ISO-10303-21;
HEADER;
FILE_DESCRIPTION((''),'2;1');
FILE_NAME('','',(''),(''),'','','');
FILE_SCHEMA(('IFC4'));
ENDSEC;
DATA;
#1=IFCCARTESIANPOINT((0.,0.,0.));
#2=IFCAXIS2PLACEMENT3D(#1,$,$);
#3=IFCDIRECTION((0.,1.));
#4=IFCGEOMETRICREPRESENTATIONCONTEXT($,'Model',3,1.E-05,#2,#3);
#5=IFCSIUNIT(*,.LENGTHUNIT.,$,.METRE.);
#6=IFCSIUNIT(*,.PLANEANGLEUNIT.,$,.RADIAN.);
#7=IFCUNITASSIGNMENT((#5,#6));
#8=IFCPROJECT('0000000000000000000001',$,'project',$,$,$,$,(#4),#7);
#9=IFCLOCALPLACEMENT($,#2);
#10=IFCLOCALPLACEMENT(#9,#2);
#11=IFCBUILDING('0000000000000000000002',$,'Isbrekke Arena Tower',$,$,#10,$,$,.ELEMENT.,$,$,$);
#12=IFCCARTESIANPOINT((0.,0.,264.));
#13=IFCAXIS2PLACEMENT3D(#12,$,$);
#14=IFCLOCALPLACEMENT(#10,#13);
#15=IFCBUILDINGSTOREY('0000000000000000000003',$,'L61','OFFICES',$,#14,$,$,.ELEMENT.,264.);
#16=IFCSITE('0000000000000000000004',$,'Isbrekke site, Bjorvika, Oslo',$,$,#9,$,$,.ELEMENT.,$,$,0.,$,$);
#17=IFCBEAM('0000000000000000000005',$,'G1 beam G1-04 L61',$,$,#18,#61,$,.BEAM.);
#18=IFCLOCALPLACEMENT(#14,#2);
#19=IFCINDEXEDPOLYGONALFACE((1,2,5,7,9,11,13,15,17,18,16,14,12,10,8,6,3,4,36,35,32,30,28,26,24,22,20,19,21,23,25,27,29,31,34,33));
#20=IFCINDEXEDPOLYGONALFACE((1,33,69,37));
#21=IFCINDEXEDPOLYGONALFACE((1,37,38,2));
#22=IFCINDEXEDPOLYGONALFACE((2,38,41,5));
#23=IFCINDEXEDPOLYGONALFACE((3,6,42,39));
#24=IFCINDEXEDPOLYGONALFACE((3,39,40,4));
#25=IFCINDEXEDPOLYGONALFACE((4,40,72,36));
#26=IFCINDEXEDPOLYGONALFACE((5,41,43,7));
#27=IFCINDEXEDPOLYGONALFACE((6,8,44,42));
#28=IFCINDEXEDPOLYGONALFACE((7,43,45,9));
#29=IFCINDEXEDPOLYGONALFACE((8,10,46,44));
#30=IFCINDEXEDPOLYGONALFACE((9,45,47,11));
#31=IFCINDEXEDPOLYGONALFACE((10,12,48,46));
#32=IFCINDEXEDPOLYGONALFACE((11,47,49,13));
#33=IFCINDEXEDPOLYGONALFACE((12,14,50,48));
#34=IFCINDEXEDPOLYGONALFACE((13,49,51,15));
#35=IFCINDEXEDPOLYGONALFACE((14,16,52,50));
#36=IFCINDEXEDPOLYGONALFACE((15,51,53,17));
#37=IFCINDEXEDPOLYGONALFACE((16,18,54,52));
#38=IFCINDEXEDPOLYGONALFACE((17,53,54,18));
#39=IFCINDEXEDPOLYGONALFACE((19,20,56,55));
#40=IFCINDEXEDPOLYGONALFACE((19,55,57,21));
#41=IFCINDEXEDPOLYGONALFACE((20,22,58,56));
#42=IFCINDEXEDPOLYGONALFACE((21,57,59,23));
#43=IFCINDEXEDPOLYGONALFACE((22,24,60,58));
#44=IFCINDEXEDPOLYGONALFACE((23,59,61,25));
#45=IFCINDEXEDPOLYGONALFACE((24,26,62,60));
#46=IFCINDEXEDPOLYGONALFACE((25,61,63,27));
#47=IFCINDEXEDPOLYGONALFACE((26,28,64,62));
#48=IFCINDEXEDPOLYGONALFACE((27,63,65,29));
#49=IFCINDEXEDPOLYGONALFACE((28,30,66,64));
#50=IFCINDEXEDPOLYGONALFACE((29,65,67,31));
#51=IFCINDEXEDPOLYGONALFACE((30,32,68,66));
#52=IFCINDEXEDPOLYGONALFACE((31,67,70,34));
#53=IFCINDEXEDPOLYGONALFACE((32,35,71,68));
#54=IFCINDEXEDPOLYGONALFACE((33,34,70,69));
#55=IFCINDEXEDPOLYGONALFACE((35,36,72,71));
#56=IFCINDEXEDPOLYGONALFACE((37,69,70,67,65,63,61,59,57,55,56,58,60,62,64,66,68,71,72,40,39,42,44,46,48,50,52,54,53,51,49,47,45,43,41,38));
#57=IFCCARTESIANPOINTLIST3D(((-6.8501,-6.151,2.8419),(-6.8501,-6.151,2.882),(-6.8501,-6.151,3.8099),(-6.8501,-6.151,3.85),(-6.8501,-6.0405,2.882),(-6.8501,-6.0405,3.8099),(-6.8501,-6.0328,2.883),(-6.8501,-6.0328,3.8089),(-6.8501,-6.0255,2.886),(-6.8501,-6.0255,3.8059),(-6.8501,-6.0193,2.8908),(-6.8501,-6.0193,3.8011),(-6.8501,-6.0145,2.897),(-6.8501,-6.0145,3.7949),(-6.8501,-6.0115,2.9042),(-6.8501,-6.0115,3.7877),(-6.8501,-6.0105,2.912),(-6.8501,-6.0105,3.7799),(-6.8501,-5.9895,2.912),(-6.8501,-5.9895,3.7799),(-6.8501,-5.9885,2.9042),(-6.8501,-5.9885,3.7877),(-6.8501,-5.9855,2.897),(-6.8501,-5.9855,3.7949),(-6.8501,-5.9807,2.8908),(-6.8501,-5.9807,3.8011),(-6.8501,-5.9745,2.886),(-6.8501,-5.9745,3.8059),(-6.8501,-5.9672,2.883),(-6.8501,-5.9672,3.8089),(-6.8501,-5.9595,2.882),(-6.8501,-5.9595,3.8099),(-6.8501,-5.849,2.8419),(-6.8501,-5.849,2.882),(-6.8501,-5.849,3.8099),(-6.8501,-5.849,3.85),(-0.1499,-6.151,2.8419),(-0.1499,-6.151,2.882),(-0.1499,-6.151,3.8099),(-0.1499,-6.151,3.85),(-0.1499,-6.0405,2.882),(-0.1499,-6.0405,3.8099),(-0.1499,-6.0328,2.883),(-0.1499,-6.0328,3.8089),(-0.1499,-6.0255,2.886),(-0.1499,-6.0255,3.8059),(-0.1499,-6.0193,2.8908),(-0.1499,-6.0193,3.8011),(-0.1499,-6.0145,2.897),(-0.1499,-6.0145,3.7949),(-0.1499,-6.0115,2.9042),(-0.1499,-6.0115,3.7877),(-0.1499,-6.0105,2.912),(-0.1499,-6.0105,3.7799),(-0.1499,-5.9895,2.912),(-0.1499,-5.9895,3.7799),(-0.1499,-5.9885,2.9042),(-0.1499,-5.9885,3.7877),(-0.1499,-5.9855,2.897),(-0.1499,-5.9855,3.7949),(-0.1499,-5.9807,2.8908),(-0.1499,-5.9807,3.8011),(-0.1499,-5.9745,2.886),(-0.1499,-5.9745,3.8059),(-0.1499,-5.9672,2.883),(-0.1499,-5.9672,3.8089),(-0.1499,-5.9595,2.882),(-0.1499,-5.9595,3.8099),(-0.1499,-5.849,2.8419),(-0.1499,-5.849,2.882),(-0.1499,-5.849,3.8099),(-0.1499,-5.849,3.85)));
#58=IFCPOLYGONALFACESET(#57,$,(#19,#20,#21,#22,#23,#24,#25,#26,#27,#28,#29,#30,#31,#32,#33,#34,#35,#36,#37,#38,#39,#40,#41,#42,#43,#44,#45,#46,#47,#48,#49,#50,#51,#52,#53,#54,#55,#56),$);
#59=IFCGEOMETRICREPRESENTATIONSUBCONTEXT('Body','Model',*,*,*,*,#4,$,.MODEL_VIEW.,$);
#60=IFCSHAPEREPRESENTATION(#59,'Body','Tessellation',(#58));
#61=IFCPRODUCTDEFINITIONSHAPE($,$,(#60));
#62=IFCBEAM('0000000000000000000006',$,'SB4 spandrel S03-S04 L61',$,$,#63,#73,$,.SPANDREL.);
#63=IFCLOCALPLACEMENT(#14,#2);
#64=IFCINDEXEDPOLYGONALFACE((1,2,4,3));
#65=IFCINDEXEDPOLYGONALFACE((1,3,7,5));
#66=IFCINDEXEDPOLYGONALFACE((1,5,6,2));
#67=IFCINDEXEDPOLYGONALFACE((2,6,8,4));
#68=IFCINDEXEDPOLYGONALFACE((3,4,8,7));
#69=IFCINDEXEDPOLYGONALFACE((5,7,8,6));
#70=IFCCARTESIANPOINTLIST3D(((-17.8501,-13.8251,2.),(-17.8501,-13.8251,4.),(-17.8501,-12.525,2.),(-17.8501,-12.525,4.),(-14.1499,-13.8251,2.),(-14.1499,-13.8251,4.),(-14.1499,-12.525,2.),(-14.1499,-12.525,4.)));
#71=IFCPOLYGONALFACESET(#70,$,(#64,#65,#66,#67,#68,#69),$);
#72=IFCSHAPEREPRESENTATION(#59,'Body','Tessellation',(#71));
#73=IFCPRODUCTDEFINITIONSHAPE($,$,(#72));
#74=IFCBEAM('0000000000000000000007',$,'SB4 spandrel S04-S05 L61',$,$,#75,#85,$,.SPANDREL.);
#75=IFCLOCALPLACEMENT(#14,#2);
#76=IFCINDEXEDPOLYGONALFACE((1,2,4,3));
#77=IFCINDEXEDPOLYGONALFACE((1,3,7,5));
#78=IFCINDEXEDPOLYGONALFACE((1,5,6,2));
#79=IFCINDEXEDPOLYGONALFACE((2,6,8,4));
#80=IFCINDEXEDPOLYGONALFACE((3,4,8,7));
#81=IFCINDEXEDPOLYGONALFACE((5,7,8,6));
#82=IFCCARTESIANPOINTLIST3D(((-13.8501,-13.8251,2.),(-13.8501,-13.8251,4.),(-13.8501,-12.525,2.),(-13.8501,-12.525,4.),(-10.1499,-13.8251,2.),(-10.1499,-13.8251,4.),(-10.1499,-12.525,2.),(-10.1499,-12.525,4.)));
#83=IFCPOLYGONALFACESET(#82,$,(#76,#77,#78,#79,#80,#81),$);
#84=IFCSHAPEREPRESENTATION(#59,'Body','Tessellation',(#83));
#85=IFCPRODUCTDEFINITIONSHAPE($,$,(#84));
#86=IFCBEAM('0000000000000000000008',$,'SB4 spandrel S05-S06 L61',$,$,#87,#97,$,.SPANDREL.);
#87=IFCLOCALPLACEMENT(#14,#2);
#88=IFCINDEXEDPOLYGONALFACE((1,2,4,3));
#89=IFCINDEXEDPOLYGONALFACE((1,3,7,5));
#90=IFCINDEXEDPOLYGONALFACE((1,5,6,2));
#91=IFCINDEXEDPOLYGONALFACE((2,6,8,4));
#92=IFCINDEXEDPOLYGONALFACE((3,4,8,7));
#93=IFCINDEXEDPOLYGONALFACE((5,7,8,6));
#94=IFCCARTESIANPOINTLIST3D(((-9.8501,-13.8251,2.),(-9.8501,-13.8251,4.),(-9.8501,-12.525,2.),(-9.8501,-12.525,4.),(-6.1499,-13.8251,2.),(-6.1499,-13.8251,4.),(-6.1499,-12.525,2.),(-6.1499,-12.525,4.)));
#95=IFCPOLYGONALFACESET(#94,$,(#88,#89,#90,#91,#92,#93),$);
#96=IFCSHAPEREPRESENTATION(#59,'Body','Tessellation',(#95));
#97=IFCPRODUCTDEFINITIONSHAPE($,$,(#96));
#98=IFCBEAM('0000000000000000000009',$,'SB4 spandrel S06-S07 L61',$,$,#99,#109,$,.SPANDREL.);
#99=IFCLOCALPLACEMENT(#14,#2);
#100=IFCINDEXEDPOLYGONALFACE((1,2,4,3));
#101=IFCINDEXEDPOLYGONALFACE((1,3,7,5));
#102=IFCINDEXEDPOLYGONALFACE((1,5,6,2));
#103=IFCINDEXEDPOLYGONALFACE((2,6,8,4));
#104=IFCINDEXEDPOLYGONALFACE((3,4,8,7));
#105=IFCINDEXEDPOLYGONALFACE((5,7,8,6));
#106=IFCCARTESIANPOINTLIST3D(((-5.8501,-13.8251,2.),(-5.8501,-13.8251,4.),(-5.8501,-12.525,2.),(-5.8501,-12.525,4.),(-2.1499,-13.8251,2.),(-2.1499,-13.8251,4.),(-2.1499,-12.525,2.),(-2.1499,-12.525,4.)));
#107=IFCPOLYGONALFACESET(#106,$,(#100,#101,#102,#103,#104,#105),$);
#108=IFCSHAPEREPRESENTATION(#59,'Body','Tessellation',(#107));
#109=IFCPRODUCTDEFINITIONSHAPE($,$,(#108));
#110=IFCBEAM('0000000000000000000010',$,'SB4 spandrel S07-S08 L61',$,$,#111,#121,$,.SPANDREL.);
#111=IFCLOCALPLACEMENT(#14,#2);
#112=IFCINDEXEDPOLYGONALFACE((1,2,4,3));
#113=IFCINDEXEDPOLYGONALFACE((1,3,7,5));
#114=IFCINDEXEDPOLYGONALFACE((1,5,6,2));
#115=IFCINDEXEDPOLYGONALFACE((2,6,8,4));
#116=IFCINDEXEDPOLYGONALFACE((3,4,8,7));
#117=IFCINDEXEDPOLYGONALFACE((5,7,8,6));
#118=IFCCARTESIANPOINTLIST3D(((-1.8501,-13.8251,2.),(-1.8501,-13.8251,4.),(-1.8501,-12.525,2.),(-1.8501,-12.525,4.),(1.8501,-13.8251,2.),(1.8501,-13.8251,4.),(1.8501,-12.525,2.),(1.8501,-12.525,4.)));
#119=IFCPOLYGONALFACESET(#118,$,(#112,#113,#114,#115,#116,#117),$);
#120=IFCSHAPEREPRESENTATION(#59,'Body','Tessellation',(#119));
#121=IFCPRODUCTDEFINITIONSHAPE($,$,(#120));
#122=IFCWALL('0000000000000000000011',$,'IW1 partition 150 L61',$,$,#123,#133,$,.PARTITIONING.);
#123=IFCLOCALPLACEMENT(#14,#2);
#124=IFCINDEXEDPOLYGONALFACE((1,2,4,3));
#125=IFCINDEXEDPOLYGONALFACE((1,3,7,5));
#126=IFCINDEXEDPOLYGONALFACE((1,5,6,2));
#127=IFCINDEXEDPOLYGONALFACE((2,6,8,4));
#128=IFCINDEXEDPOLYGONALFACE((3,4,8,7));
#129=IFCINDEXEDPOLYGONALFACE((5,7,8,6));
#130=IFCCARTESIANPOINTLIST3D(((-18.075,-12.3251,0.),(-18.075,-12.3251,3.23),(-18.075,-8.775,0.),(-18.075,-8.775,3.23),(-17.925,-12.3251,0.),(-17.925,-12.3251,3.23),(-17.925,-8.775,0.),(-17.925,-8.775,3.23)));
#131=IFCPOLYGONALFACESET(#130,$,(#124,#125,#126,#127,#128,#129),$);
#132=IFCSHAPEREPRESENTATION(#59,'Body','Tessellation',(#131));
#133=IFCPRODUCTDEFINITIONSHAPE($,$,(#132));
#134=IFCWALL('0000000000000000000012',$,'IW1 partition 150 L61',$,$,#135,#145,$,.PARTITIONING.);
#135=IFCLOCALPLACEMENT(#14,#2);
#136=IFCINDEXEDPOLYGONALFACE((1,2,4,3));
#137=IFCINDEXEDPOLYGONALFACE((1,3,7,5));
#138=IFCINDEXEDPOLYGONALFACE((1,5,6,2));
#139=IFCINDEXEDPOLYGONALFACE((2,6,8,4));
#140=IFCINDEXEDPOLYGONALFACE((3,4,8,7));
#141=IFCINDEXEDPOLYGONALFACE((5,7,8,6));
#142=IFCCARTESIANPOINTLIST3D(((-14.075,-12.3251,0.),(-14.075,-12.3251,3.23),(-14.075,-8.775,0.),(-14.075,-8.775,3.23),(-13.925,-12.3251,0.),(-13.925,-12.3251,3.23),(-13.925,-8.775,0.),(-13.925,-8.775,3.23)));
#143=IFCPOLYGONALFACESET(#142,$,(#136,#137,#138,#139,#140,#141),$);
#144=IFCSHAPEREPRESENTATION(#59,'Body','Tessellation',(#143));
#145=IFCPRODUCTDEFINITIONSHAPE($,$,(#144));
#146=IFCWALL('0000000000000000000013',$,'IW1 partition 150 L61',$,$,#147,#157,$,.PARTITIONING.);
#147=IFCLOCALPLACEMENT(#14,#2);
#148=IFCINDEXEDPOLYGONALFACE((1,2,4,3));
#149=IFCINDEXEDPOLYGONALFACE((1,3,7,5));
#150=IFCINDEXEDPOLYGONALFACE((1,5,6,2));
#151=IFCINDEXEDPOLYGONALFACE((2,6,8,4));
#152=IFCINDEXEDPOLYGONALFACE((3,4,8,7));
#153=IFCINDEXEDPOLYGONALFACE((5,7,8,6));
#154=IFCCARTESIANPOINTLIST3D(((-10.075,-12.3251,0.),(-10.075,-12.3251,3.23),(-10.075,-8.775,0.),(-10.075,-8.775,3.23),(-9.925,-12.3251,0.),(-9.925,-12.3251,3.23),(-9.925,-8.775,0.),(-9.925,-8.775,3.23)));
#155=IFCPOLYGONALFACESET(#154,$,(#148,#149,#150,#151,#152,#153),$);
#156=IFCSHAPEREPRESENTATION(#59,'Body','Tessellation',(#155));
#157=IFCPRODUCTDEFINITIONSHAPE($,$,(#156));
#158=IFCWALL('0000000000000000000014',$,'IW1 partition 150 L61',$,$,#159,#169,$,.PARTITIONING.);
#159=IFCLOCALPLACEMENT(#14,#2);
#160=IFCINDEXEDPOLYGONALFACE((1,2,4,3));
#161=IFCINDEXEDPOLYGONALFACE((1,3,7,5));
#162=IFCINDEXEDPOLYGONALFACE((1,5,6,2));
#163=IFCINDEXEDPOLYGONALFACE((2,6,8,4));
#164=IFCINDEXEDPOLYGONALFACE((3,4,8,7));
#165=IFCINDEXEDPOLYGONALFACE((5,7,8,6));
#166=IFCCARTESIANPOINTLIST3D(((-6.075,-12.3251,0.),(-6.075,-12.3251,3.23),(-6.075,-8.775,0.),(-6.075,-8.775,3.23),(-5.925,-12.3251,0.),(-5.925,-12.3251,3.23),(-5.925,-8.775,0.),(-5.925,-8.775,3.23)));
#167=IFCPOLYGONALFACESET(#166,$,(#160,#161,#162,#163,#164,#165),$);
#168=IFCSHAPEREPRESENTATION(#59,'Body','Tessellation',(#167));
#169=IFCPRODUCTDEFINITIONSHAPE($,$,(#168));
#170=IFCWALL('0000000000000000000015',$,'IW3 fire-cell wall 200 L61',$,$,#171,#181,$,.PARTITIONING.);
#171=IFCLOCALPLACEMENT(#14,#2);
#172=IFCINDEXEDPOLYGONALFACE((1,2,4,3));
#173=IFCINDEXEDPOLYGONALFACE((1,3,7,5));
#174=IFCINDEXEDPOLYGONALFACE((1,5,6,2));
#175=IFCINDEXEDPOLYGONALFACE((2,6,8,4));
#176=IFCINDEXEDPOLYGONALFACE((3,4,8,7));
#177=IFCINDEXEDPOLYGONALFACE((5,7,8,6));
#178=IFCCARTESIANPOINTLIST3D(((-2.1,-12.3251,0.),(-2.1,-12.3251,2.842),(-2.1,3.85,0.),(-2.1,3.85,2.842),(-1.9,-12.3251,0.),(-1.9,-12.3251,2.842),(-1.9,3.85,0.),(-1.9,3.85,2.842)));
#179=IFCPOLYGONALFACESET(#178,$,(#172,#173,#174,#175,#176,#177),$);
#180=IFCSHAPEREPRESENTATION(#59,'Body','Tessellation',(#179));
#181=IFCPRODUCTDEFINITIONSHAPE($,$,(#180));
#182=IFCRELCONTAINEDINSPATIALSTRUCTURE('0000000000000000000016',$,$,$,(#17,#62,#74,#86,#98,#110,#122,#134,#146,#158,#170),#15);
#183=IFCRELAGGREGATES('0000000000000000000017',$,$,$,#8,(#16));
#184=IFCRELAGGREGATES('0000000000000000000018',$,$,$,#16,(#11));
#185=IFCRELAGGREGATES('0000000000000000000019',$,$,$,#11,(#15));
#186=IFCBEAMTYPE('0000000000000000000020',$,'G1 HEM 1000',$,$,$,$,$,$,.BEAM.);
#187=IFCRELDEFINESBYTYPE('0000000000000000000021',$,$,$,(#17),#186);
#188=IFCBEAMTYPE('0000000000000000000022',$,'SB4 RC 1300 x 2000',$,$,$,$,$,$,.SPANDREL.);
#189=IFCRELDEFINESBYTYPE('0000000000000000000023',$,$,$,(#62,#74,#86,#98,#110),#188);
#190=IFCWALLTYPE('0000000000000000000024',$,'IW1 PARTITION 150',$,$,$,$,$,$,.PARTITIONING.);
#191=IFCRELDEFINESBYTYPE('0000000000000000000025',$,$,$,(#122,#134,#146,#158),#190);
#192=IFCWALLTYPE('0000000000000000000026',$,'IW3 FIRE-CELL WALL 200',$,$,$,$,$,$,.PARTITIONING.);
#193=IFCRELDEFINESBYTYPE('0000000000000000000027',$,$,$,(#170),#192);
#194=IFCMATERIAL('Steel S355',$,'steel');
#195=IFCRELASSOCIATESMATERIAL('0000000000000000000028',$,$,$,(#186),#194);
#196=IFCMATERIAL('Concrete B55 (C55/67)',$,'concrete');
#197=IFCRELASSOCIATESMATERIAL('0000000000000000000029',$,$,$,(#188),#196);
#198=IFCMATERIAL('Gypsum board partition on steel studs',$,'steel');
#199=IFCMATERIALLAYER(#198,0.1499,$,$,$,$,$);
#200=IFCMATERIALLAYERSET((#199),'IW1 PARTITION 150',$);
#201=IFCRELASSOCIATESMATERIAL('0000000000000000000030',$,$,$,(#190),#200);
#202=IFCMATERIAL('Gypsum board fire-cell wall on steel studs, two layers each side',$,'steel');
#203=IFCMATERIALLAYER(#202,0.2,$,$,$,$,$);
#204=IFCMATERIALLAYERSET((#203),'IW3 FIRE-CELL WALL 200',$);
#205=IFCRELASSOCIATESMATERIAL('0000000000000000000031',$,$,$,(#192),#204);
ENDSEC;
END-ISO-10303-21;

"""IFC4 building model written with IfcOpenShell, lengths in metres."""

from ifc_helpers import new_model, si_unit, direction, frame, frame_2d, origin, origin_2d, place, context, subcontext, project, spatial, rectangle, i_section, extrude, material, layer, layer_set, material_profile, profile_set, type_object, element, save


model = new_model("IFC4")

# Units and contexts
model_context = context("Model", 3, precision=1e-05, world=origin(), true_north=direction((0.0, 1.0)))
body_context = subcontext(model_context, "Body", "Model", "MODEL_VIEW")
ifc_project = project(units=[si_unit("LENGTHUNIT", "METRE"), si_unit("PLANEANGLEUNIT", "RADIAN")], contexts=[model_context])

# Site, building, storey
site_placement = place(None, origin())
site = spatial("IfcSite", under=ifc_project, at=site_placement, Name="Isbrekke site, Bjorvika, Oslo", CompositionType="ELEMENT", RefElevation=0.0)
building_placement = place(site_placement, origin())
building = spatial("IfcBuilding", under=site, at=building_placement, Name="Isbrekke Arena Tower", CompositionType="ELEMENT")
storey_placement = place(building_placement, frame((0.0, 0.0, 264.0)))
storey = spatial("IfcBuildingStorey", under=building, at=storey_placement, Name="L61", Description="OFFICES", CompositionType="ELEMENT", Elevation=264.0)

# Beams
ifc_material_1 = material(Name="Steel S355", Category="steel")
ifc_material_profile_1 = material_profile(ifc_material_1, i_section(OverallWidth=0.302, OverallDepth=1.0081, WebThickness=0.021, FlangeThickness=0.04, FilletRadius=0.03, at=origin_2d()), Name="HEM 1000")
ifc_profile_set_1 = profile_set([ifc_material_profile_1], Name="Steel S355")
beam_type_1 = type_object("IfcBeamType", Name="G1 HEM 1000", PredefinedType="BEAM", material=ifc_profile_set_1)
for number, where, z_axis, x_axis, name in (
    (1, (-6.8501, -6.0, 3.3459), (1.0, 0.0, 0.0), (0.0, 1.0, 0.0), "G1 beam G1-04 L61"),
):
    element("IfcBeam", number, at=place(storey_placement, frame(where, z_axis=z_axis, x_axis=x_axis)), inside=storey, type_object=beam_type_1, Name=name, PredefinedType="BEAM", context=body_context, shape_type="SweptSolid", body=[
        extrude(i_section(OverallWidth=0.302, OverallDepth=1.0081, WebThickness=0.021, FlangeThickness=0.04, FilletRadius=0.03, at=origin_2d()), origin(), (0.0, 0.0, 1.0), 6.7002),
    ])
ifc_material_2 = material(Name="Concrete B55 (C55/67)", Category="concrete")
ifc_material_profile_2 = material_profile(ifc_material_2, rectangle(XDim=1.3, YDim=2.0, at=origin_2d()), Name="RC 1300x2000")
ifc_profile_set_2 = profile_set([ifc_material_profile_2], Name="Concrete B55 (C55/67)")
beam_type_2 = type_object("IfcBeamType", Name="SB4 RC 1300 x 2000", PredefinedType="SPANDREL", material=ifc_profile_set_2)
for number, where, z_axis, x_axis, name in (
    (2, (-17.8501, -13.175, 3.0), (1.0, 0.0, 0.0), (0.0, 1.0, 0.0), "SB4 spandrel S03-S04 L61"),
    (3, (-13.8501, -13.175, 3.0), (1.0, 0.0, 0.0), (0.0, 1.0, 0.0), "SB4 spandrel S04-S05 L61"),
    (4, (-9.8501, -13.175, 3.0), (1.0, 0.0, 0.0), (0.0, 1.0, 0.0), "SB4 spandrel S05-S06 L61"),
    (5, (-5.8501, -13.175, 3.0), (1.0, 0.0, 0.0), (0.0, 1.0, 0.0), "SB4 spandrel S06-S07 L61"),
    (6, (-1.8501, -13.175, 3.0), (1.0, 0.0, 0.0), (0.0, 1.0, 0.0), "SB4 spandrel S07-S08 L61"),
):
    element("IfcBeam", number, at=place(storey_placement, frame(where, z_axis=z_axis, x_axis=x_axis)), inside=storey, type_object=beam_type_2, Name=name, PredefinedType="SPANDREL", context=body_context, shape_type="SweptSolid", body=[
        extrude(rectangle(XDim=1.3, YDim=2.0, at=origin_2d()), origin(), (0.0, 0.0, 1.0), 3.7002),
    ])

# Walls
ifc_material_3 = material(Name="Gypsum board partition on steel studs", Category="steel")
ifc_layer_1 = layer(ifc_material_3, 0.1499)
ifc_layer_set_1 = layer_set([ifc_layer_1], Name="IW1 PARTITION 150")
wall_type_1 = type_object("IfcWallType", Name="IW1 PARTITION 150", PredefinedType="PARTITIONING", material=ifc_layer_set_1)
for number, where, z_axis, x_axis, name in (
    (7, (-18.0, -12.325, 0.0), (0.0, 0.0, 1.0), (0.0, 1.0, 0.0), "IW1 partition 150 L61"),
    (8, (-14.0, -12.325, 0.0), (0.0, 0.0, 1.0), (0.0, 1.0, 0.0), "IW1 partition 150 L61"),
    (9, (-10.0, -12.325, 0.0), (0.0, 0.0, 1.0), (0.0, 1.0, 0.0), "IW1 partition 150 L61"),
    (10, (-6.0, -12.325, 0.0), (0.0, 0.0, 1.0), (0.0, 1.0, 0.0), "IW1 partition 150 L61"),
):
    element("IfcWall", number, at=place(storey_placement, frame(where, z_axis=z_axis, x_axis=x_axis)), inside=storey, type_object=wall_type_1, Name=name, PredefinedType="PARTITIONING", context=body_context, shape_type="SweptSolid", body=[
        extrude(rectangle(XDim=3.55, YDim=0.1499, at=frame_2d((1.7749, 0.0))), origin(), (0.0, 0.0, 1.0), 3.23),
    ])
ifc_material_4 = material(Name="Gypsum board fire-cell wall on steel studs, two layers each side", Category="steel")
ifc_layer_2 = layer(ifc_material_4, 0.2)
ifc_layer_set_2 = layer_set([ifc_layer_2], Name="IW3 FIRE-CELL WALL 200")
wall_type_2 = type_object("IfcWallType", Name="IW3 FIRE-CELL WALL 200", PredefinedType="PARTITIONING", material=ifc_layer_set_2)
wall_placement = place(storey_placement, frame((-2.0, -12.325, 0.0), z_axis=(0.0, 0.0, 1.0), x_axis=(0.0, 1.0, 0.0)))
element("IfcWall", 11, at=wall_placement, inside=storey, type_object=wall_type_2, Name="IW3 fire-cell wall 200 L61", PredefinedType="PARTITIONING", context=body_context, shape_type="SweptSolid", body=[
    extrude(rectangle(XDim=16.175, YDim=0.2, at=frame_2d((8.0874, 0.0))), origin(), (0.0, 0.0, 1.0), 2.842),
])

save(model, "model.ifc")
